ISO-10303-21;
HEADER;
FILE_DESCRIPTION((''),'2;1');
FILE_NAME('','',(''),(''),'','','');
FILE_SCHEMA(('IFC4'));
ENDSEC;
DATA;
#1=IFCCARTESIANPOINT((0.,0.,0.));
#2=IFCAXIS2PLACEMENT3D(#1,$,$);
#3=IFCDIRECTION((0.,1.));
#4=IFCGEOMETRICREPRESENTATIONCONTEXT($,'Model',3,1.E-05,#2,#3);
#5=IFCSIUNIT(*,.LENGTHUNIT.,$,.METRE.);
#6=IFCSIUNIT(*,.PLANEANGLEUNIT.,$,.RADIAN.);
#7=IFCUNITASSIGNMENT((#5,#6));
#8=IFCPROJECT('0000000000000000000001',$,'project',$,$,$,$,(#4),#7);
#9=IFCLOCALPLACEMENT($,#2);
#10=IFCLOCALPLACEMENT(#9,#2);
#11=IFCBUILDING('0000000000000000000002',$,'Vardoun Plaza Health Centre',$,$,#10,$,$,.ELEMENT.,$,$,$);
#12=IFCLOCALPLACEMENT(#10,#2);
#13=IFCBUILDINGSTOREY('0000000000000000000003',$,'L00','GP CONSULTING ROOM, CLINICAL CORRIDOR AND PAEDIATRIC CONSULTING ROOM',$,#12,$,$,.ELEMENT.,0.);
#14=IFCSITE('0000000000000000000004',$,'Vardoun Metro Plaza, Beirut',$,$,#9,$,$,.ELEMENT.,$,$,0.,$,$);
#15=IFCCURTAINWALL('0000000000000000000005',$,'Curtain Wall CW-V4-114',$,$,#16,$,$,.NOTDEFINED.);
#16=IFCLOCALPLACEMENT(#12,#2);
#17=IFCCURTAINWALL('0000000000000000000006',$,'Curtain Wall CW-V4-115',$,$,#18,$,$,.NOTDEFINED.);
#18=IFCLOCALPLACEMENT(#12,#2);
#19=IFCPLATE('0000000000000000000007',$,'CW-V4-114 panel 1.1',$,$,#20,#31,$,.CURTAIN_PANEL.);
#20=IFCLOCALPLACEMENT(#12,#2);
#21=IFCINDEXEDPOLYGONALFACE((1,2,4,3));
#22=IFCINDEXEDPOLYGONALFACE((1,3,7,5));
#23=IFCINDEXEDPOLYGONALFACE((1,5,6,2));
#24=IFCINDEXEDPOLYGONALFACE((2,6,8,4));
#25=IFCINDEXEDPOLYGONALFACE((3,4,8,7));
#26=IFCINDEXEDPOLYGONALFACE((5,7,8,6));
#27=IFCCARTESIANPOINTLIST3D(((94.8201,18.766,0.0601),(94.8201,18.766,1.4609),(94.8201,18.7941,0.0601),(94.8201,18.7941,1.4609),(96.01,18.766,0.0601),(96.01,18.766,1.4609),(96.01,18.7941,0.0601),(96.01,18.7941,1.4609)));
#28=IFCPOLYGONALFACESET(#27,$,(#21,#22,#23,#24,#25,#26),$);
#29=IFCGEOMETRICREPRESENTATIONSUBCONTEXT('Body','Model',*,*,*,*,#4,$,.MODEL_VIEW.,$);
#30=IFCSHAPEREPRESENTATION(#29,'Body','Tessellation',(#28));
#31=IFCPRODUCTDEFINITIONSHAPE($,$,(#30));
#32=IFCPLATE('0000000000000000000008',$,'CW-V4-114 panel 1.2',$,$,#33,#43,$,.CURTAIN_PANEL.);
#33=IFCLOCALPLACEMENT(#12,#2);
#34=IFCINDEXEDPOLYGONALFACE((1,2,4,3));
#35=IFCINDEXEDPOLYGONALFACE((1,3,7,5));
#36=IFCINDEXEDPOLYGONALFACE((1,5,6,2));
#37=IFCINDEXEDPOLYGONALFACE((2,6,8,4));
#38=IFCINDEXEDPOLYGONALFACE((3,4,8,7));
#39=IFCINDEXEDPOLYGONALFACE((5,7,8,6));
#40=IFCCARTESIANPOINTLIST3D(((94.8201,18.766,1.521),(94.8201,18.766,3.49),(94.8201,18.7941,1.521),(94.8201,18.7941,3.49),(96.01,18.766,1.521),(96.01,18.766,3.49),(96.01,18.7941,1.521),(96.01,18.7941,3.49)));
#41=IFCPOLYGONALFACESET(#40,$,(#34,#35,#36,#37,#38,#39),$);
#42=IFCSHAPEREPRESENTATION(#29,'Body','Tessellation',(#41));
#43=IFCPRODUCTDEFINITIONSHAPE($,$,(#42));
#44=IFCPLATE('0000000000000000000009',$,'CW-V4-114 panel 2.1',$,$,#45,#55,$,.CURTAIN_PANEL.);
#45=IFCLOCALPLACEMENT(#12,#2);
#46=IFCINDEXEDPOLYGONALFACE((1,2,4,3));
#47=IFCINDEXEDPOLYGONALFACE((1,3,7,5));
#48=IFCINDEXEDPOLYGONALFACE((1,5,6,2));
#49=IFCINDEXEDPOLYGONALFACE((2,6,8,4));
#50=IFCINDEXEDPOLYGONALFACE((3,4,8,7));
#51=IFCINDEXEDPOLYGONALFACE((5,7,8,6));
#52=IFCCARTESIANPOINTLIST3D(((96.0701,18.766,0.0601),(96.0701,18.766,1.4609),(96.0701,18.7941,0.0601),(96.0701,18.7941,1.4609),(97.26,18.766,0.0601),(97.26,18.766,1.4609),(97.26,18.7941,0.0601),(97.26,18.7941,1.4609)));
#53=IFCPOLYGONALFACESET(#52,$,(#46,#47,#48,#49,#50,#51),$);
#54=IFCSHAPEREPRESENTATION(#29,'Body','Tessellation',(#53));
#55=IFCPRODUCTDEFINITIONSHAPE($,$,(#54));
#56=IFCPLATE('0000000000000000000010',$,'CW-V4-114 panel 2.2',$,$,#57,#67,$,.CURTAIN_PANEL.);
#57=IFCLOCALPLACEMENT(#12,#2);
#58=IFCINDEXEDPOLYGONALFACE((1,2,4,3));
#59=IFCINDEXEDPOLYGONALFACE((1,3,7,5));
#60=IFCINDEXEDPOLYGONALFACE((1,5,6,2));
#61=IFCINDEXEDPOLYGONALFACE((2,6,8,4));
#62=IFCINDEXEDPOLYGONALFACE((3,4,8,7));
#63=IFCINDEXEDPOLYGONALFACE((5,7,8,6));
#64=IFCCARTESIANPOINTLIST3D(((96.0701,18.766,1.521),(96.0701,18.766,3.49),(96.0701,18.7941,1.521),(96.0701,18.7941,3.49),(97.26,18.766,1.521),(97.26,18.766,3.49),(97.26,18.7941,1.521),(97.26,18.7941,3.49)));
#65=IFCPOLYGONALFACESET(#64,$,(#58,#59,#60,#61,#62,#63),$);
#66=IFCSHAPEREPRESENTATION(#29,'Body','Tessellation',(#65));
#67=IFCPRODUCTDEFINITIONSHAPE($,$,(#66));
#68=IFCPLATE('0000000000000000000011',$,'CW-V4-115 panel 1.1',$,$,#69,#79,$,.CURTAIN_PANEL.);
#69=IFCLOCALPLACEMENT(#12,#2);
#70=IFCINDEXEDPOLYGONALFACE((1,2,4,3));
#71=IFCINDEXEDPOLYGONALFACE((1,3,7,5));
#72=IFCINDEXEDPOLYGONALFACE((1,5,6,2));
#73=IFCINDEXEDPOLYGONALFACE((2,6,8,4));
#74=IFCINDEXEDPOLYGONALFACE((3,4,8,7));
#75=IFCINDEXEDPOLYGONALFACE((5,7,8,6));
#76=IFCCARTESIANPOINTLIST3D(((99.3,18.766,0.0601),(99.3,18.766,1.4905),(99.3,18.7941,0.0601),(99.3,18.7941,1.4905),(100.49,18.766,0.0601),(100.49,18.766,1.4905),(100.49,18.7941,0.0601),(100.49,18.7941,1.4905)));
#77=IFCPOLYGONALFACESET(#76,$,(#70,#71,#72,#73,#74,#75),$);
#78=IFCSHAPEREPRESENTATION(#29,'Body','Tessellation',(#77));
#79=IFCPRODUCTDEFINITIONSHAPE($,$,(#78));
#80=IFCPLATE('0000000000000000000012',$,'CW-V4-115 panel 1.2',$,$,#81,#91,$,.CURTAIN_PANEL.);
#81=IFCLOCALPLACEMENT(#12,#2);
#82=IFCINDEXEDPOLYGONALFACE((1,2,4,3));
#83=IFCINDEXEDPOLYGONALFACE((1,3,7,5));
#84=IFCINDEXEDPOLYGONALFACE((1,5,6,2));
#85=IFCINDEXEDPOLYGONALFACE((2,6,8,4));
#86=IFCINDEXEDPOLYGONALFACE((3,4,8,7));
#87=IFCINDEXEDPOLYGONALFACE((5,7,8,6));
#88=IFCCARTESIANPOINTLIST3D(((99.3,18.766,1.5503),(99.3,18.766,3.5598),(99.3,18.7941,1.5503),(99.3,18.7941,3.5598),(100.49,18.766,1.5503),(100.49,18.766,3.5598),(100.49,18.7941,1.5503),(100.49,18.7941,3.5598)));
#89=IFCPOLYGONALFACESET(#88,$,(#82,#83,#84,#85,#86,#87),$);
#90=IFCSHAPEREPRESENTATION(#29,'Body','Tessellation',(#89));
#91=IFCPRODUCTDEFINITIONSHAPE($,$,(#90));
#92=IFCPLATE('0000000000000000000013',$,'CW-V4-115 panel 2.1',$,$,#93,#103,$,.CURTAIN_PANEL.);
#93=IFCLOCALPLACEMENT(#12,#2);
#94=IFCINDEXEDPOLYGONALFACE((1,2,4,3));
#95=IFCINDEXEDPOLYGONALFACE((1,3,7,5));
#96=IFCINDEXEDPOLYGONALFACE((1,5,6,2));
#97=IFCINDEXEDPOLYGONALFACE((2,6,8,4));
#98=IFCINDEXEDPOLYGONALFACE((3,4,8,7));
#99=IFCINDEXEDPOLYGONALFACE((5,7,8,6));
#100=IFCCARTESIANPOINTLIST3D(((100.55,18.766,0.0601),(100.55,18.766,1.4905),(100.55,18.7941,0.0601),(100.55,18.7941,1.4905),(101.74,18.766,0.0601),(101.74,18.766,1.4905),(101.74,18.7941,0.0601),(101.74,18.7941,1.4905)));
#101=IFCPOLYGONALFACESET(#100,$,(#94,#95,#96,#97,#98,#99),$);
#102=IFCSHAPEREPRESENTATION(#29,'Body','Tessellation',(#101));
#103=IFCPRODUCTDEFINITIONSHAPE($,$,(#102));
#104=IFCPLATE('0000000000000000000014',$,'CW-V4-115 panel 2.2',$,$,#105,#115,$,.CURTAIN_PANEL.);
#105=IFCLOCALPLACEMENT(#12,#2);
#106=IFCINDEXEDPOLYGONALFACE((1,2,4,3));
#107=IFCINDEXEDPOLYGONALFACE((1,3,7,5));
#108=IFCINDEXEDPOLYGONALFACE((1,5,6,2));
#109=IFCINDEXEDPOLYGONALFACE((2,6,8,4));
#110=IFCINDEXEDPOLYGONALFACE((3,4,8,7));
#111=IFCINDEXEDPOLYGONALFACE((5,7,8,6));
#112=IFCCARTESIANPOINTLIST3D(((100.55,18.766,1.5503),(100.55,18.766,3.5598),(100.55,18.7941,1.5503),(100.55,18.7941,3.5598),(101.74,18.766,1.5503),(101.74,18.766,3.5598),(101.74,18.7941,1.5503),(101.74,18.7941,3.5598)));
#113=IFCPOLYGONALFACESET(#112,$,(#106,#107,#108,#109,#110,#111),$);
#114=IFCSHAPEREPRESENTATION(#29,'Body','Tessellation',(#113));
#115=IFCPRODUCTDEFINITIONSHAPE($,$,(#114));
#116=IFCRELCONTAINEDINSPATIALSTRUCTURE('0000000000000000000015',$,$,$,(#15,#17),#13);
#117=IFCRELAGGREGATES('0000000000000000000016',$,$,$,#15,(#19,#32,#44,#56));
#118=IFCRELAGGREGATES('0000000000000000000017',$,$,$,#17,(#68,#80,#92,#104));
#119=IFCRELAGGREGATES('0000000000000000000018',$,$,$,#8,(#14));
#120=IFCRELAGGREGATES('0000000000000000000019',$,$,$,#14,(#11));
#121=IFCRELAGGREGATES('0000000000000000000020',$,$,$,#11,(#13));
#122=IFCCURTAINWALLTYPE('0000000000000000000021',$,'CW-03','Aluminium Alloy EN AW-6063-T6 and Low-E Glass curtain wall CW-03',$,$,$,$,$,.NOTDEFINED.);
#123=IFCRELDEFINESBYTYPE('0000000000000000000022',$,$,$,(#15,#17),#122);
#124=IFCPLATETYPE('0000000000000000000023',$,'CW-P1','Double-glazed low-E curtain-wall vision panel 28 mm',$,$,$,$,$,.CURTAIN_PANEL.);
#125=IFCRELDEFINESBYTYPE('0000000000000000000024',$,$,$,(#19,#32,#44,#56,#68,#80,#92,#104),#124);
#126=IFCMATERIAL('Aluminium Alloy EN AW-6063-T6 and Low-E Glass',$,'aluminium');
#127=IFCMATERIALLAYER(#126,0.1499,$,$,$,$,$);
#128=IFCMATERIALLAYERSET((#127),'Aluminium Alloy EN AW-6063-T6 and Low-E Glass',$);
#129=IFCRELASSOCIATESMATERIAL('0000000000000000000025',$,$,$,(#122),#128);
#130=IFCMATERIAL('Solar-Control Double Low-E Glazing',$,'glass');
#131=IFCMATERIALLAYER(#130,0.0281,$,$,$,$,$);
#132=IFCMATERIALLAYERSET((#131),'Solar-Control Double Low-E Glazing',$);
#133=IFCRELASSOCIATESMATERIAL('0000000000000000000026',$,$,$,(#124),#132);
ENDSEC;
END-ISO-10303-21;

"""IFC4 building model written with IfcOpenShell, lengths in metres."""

from ifc_helpers import new_model, si_unit, direction, frame, origin, origin_2d, place, context, subcontext, project, spatial, rectangle, extrude, material, layer, layer_set, type_object, element, aggregate, save


model = new_model("IFC4")

# Units and contexts
model_context = context("Model", 3, precision=1e-05, world=origin(), true_north=direction((0.0, 1.0)))
body_context = subcontext(model_context, "Body", "Model", "MODEL_VIEW")
ifc_project = project(units=[si_unit("LENGTHUNIT", "METRE"), si_unit("PLANEANGLEUNIT", "RADIAN")], contexts=[model_context])

# Site, building, storey
site_placement = place(None, origin())
site = spatial("IfcSite", under=ifc_project, at=site_placement, Name="Vardoun Metro Plaza, Beirut", CompositionType="ELEMENT", RefElevation=0.0)
building_placement = place(site_placement, origin())
building = spatial("IfcBuilding", under=site, at=building_placement, Name="Vardoun Plaza Health Centre", CompositionType="ELEMENT")
storey_placement = place(building_placement, origin())
storey = spatial("IfcBuildingStorey", under=building, at=storey_placement, Name="L00", Description="GP CONSULTING ROOM, CLINICAL CORRIDOR AND PAEDIATRIC CONSULTING ROOM", CompositionType="ELEMENT", Elevation=0.0)

# Curtain walls
ifc_material_1 = material(Name="Aluminium Alloy EN AW-6063-T6 and Low-E Glass", Category="aluminium")
ifc_layer_1 = layer(ifc_material_1, 0.1499)
ifc_layer_set_1 = layer_set([ifc_layer_1], Name="Aluminium Alloy EN AW-6063-T6 and Low-E Glass")
curtain_wall_type = type_object("IfcCurtainWallType", Name="CW-03", Description="Aluminium Alloy EN AW-6063-T6 and Low-E Glass curtain wall CW-03", PredefinedType="NOTDEFINED", material=ifc_layer_set_1)
curtain_wall_1_placement = place(storey_placement, origin())
curtain_wall_1 = element("IfcCurtainWall", 1, at=curtain_wall_1_placement, inside=storey, type_object=curtain_wall_type, Name="Curtain Wall CW-V4-114", PredefinedType="NOTDEFINED")
curtain_wall_2_placement = place(storey_placement, origin())
curtain_wall_2 = element("IfcCurtainWall", 2, at=curtain_wall_2_placement, inside=storey, type_object=curtain_wall_type, Name="Curtain Wall CW-V4-115", PredefinedType="NOTDEFINED")

# Plates
ifc_material_2 = material(Name="Solar-Control Double Low-E Glazing", Category="glass")
ifc_layer_2 = layer(ifc_material_2, 0.0281)
ifc_layer_set_2 = layer_set([ifc_layer_2], Name="Solar-Control Double Low-E Glazing")
plate_type = type_object("IfcPlateType", Name="CW-P1", Description="Double-glazed low-E curtain-wall vision panel 28 mm", PredefinedType="CURTAIN_PANEL", material=ifc_layer_set_2)
plate_1_placement = place(storey_placement, frame((95.415, 18.78, 0.0601), z_axis=(0.0, 0.0, 1.0), x_axis=(1.0, 0.0, 0.0)))
plate_1 = element("IfcPlate", 3, at=plate_1_placement, type_object=plate_type, Name="CW-V4-114 panel 1.1", PredefinedType="CURTAIN_PANEL", context=body_context, shape_type="SweptSolid", body=[
    extrude(rectangle(XDim=1.1899, YDim=0.0281, at=origin_2d()), origin(), (0.0, 0.0, 1.0), 1.4009),
])
plate_2_placement = place(storey_placement, frame((95.415, 18.78, 1.521), z_axis=(0.0, 0.0, 1.0), x_axis=(1.0, 0.0, 0.0)))
plate_2 = element("IfcPlate", 4, at=plate_2_placement, type_object=plate_type, Name="CW-V4-114 panel 1.2", PredefinedType="CURTAIN_PANEL", context=body_context, shape_type="SweptSolid", body=[
    extrude(rectangle(XDim=1.1899, YDim=0.0281, at=origin_2d()), origin(), (0.0, 0.0, 1.0), 1.969),
])
plate_3_placement = place(storey_placement, frame((96.665, 18.78, 0.0601), z_axis=(0.0, 0.0, 1.0), x_axis=(1.0, 0.0, 0.0)))
plate_3 = element("IfcPlate", 5, at=plate_3_placement, type_object=plate_type, Name="CW-V4-114 panel 2.1", PredefinedType="CURTAIN_PANEL", context=body_context, shape_type="SweptSolid", body=[
    extrude(rectangle(XDim=1.1899, YDim=0.0281, at=origin_2d()), origin(), (0.0, 0.0, 1.0), 1.4009),
])
plate_4_placement = place(storey_placement, frame((96.665, 18.78, 1.521), z_axis=(0.0, 0.0, 1.0), x_axis=(1.0, 0.0, 0.0)))
plate_4 = element("IfcPlate", 6, at=plate_4_placement, type_object=plate_type, Name="CW-V4-114 panel 2.2", PredefinedType="CURTAIN_PANEL", context=body_context, shape_type="SweptSolid", body=[
    extrude(rectangle(XDim=1.1899, YDim=0.0281, at=origin_2d()), origin(), (0.0, 0.0, 1.0), 1.969),
])
aggregate(curtain_wall_1, [plate_1, plate_2, plate_3, plate_4])
plate_5_placement = place(storey_placement, frame((99.895, 18.78, 0.0601), z_axis=(0.0, 0.0, 1.0), x_axis=(1.0, 0.0, 0.0)))
plate_5 = element("IfcPlate", 7, at=plate_5_placement, type_object=plate_type, Name="CW-V4-115 panel 1.1", PredefinedType="CURTAIN_PANEL", context=body_context, shape_type="SweptSolid", body=[
    extrude(rectangle(XDim=1.1899, YDim=0.0281, at=origin_2d()), origin(), (0.0, 0.0, 1.0), 1.4304),
])
plate_6_placement = place(storey_placement, frame((99.895, 18.78, 1.5503), z_axis=(0.0, 0.0, 1.0), x_axis=(1.0, 0.0, 0.0)))
plate_6 = element("IfcPlate", 8, at=plate_6_placement, type_object=plate_type, Name="CW-V4-115 panel 1.2", PredefinedType="CURTAIN_PANEL", context=body_context, shape_type="SweptSolid", body=[
    extrude(rectangle(XDim=1.1899, YDim=0.0281, at=origin_2d()), origin(), (0.0, 0.0, 1.0), 2.0095),
])
plate_7_placement = place(storey_placement, frame((101.145, 18.78, 0.0601), z_axis=(0.0, 0.0, 1.0), x_axis=(1.0, 0.0, 0.0)))
plate_7 = element("IfcPlate", 9, at=plate_7_placement, type_object=plate_type, Name="CW-V4-115 panel 2.1", PredefinedType="CURTAIN_PANEL", context=body_context, shape_type="SweptSolid", body=[
    extrude(rectangle(XDim=1.1899, YDim=0.0281, at=origin_2d()), origin(), (0.0, 0.0, 1.0), 1.4304),
])
plate_8_placement = place(storey_placement, frame((101.145, 18.78, 1.5503), z_axis=(0.0, 0.0, 1.0), x_axis=(1.0, 0.0, 0.0)))
plate_8 = element("IfcPlate", 10, at=plate_8_placement, type_object=plate_type, Name="CW-V4-115 panel 2.2", PredefinedType="CURTAIN_PANEL", context=body_context, shape_type="SweptSolid", body=[
    extrude(rectangle(XDim=1.1899, YDim=0.0281, at=origin_2d()), origin(), (0.0, 0.0, 1.0), 2.0095),
])
aggregate(curtain_wall_2, [plate_5, plate_6, plate_7, plate_8])

save(model, "model.ifc")
